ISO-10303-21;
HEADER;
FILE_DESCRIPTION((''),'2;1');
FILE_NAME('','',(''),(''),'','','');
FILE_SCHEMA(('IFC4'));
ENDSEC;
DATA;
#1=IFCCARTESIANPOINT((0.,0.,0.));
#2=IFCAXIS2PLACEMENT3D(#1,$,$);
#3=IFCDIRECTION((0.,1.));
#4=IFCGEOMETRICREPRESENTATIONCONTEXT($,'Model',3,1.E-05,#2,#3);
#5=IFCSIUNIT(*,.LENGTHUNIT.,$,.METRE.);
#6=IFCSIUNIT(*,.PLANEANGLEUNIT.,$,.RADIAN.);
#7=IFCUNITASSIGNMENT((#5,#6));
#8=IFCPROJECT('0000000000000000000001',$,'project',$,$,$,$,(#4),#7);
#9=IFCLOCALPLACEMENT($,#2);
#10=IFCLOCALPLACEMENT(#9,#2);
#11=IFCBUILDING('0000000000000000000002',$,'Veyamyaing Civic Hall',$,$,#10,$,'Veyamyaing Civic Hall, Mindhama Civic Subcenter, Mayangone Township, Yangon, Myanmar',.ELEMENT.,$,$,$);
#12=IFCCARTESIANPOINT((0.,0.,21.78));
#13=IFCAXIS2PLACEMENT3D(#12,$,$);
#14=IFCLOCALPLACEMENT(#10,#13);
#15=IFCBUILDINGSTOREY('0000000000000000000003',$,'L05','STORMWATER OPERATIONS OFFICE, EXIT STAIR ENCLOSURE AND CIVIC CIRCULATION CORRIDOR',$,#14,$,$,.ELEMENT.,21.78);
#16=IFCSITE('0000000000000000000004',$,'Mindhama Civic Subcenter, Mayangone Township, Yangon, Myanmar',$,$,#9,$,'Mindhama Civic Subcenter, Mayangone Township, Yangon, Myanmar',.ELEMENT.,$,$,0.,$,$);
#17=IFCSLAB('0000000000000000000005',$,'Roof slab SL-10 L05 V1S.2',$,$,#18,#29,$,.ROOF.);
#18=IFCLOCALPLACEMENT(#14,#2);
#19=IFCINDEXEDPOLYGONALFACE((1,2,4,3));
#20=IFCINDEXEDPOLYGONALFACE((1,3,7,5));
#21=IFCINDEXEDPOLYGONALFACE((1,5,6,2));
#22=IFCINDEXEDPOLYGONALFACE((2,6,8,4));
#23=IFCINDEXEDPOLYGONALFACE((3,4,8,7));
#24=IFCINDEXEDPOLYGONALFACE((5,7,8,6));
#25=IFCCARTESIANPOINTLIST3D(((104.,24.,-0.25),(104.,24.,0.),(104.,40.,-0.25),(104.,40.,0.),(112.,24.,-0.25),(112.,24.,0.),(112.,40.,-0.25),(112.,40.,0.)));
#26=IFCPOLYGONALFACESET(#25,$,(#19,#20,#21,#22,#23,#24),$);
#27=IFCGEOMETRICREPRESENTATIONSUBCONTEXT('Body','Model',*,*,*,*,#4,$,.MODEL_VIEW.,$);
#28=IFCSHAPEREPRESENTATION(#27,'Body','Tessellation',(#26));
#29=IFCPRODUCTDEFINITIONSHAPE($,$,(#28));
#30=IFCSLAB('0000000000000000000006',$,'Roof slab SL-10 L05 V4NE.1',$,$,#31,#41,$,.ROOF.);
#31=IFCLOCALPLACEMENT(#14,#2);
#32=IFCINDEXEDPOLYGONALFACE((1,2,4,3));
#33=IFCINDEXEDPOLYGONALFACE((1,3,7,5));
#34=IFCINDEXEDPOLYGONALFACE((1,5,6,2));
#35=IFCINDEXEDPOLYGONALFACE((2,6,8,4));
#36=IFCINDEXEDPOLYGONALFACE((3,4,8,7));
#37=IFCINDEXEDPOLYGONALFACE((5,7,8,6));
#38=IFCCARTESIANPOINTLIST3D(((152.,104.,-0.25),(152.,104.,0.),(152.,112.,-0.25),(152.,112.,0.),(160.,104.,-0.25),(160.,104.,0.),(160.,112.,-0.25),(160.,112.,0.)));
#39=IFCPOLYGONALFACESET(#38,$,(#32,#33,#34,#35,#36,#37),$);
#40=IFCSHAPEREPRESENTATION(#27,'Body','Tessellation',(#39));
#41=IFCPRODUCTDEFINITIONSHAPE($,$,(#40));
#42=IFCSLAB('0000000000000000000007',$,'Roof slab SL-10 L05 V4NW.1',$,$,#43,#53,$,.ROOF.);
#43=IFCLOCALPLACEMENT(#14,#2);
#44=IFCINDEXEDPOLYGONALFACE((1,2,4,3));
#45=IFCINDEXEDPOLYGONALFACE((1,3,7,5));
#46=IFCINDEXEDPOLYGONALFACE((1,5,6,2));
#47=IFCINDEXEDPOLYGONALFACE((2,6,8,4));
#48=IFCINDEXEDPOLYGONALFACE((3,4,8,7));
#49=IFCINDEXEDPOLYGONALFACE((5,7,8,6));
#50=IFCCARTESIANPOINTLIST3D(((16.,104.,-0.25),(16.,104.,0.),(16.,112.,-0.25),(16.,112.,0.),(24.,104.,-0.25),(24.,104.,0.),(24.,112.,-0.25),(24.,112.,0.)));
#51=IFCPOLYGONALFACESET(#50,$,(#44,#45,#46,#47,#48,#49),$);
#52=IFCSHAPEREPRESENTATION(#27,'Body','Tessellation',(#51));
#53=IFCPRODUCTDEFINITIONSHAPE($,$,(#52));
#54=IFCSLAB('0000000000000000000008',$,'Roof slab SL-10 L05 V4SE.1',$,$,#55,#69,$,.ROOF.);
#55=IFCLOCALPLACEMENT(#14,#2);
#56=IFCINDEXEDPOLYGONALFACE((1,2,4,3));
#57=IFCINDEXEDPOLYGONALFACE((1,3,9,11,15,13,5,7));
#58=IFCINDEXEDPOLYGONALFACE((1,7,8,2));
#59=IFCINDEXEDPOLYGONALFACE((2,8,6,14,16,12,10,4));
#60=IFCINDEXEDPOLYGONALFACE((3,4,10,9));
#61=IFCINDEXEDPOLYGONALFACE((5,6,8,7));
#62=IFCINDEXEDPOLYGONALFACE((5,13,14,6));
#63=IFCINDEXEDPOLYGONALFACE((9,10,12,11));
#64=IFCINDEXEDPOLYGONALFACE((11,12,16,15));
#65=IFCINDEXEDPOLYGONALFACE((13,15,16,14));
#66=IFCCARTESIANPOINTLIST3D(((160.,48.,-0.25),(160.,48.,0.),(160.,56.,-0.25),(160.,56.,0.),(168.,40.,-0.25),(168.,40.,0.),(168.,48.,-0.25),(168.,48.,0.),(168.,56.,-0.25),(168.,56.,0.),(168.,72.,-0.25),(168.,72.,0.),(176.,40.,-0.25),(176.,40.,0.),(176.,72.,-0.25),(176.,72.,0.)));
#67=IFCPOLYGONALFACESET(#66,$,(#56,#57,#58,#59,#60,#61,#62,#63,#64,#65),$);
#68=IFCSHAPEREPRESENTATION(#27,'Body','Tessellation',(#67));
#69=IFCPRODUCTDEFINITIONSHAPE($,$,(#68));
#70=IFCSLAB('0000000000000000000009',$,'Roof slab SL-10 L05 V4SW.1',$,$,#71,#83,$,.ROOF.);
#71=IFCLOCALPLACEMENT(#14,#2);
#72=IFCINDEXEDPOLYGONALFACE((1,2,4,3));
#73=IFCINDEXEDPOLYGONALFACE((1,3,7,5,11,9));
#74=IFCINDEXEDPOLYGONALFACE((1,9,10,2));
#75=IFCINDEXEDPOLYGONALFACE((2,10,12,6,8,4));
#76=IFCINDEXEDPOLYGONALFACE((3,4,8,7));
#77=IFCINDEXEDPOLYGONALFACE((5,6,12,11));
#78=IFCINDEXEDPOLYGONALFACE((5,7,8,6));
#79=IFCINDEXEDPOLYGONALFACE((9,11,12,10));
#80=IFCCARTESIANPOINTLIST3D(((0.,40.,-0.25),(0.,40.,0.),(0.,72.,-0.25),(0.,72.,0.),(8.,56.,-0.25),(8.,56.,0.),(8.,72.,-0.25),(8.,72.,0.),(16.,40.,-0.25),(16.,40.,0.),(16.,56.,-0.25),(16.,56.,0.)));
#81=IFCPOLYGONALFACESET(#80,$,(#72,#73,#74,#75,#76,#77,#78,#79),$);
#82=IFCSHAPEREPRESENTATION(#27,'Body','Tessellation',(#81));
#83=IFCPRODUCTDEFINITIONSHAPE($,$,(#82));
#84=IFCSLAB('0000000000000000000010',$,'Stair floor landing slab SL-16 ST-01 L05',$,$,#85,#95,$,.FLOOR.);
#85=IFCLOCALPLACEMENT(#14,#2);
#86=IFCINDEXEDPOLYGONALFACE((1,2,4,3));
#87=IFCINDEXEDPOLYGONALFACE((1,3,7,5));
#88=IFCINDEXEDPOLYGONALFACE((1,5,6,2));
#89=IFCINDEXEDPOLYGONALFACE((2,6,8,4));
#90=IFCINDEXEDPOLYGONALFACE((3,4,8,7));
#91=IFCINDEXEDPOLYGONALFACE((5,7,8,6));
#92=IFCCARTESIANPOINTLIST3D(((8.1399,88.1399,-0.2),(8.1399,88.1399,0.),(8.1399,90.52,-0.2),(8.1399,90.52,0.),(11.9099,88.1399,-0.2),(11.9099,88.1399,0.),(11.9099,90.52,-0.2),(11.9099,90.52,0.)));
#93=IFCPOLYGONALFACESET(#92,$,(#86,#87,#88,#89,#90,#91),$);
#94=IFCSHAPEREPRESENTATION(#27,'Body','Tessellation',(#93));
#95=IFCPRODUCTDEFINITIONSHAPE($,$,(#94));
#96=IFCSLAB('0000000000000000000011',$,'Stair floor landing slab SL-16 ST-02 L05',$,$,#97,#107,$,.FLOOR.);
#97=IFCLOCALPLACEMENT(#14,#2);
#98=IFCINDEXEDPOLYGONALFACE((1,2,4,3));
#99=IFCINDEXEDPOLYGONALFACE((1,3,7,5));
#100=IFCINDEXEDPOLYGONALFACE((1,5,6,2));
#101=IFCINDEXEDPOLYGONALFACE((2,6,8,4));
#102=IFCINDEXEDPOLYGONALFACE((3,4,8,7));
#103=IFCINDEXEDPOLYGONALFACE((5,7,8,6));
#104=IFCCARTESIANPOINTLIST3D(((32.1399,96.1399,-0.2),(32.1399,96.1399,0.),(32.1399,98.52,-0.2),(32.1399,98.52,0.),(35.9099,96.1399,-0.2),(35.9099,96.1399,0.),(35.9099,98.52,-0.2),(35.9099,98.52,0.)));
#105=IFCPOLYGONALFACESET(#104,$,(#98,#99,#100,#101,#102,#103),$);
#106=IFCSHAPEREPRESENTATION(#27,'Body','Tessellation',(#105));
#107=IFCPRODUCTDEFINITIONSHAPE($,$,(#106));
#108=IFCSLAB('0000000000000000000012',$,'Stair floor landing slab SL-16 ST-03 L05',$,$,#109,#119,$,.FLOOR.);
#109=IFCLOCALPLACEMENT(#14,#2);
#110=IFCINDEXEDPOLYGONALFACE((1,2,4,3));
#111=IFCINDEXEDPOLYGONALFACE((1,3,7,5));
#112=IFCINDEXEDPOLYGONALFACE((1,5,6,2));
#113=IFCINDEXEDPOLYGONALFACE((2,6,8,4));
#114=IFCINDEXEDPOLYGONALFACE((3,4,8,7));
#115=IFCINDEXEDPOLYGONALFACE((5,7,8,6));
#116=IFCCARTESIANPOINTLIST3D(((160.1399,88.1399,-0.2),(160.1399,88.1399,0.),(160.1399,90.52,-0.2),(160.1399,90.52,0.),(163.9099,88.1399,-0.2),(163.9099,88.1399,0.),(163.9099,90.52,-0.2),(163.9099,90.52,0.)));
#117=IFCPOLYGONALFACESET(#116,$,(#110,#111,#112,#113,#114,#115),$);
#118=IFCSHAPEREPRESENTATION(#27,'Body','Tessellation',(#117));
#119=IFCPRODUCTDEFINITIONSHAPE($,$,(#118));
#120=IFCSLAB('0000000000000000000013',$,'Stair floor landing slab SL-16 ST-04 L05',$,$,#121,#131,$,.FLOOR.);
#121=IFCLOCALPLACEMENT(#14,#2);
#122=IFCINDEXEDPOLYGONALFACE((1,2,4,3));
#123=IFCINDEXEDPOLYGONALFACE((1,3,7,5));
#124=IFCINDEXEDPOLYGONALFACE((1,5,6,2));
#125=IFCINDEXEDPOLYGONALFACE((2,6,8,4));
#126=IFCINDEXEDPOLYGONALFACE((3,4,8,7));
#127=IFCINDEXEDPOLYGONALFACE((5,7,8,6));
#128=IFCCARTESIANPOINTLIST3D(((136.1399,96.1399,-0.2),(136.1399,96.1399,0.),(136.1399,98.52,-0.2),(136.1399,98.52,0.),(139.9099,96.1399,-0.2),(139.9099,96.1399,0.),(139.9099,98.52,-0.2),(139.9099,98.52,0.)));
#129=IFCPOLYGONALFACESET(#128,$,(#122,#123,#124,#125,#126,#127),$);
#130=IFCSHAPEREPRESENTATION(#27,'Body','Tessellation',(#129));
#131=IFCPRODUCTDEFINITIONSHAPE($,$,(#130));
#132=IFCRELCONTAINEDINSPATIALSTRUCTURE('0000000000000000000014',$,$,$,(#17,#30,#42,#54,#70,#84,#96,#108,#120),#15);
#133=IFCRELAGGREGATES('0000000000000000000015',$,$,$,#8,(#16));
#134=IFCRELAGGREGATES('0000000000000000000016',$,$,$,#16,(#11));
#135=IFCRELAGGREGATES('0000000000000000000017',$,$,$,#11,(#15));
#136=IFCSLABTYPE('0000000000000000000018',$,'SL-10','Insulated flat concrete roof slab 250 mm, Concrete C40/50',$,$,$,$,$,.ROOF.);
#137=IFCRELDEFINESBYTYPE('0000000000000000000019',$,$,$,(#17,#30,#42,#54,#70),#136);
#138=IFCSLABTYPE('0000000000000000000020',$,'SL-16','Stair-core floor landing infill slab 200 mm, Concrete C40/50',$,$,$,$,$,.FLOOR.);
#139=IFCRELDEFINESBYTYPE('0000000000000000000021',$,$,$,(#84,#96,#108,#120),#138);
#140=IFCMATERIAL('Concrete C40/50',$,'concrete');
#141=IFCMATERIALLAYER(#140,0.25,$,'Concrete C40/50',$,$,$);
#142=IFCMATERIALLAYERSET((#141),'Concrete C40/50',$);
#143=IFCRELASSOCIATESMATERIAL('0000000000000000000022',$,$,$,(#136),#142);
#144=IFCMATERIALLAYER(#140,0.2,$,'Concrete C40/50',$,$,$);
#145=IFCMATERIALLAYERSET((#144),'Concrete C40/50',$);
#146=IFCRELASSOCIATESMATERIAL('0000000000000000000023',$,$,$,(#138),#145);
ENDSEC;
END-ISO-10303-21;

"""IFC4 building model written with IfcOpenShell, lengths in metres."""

from ifc_helpers import new_model, si_unit, direction, frame, origin, place, context, subcontext, project, spatial, polyline, outline, extrude, material, layer, layer_set, type_object, element, save


model = new_model("IFC4")

# Units and contexts
model_context = context("Model", 3, precision=1e-05, world=origin(), true_north=direction((0.0, 1.0)))
body_context = subcontext(model_context, "Body", "Model", "MODEL_VIEW")
ifc_project = project(units=[si_unit("LENGTHUNIT", "METRE"), si_unit("PLANEANGLEUNIT", "RADIAN")], contexts=[model_context])

# Site, building, storey
site_placement = place(None, origin())
site = spatial("IfcSite", under=ifc_project, at=site_placement, Name="Mindhama Civic Subcenter, Mayangone Township, Yangon, Myanmar", LongName="Mindhama Civic Subcenter, Mayangone Township, Yangon, Myanmar", CompositionType="ELEMENT", RefElevation=0.0)
building_placement = place(site_placement, origin())
building = spatial("IfcBuilding", under=site, at=building_placement, Name="Veyamyaing Civic Hall", LongName="Veyamyaing Civic Hall, Mindhama Civic Subcenter, Mayangone Township, Yangon, Myanmar", CompositionType="ELEMENT")
storey_placement = place(building_placement, frame((0.0, 0.0, 21.78)))
storey = spatial("IfcBuildingStorey", under=building, at=storey_placement, Name="L05", Description="STORMWATER OPERATIONS OFFICE, EXIT STAIR ENCLOSURE AND CIVIC CIRCULATION CORRIDOR", CompositionType="ELEMENT", Elevation=21.78)

# Slabs
ifc_material = material(Name="Concrete C40/50", Category="concrete")
ifc_layer_1 = layer(ifc_material, 0.25, Name="Concrete C40/50")
ifc_layer_set_1 = layer_set([ifc_layer_1], Name="Concrete C40/50")
slab_type_1 = type_object("IfcSlabType", Name="SL-10", Description="Insulated flat concrete roof slab 250 mm, Concrete C40/50", PredefinedType="ROOF", material=ifc_layer_set_1)
slab_1_placement = place(storey_placement, frame((0.0, 0.0, -0.25)))
element("IfcSlab", 1, at=slab_1_placement, inside=storey, type_object=slab_type_1, Name="Roof slab SL-10 L05 V1S.2", PredefinedType="ROOF", context=body_context, shape_type="SweptSolid", body=[
    extrude(outline(polyline([(104.0, 24.0), (104.0, 40.0), (112.0, 40.0), (112.0, 24.0), (104.0, 24.0)])), origin(), (0.0, 0.0, 1.0), 0.25),
])
slab_2_placement = place(storey_placement, frame((0.0, 0.0, -0.25)))
element("IfcSlab", 2, at=slab_2_placement, inside=storey, type_object=slab_type_1, Name="Roof slab SL-10 L05 V4NE.1", PredefinedType="ROOF", context=body_context, shape_type="SweptSolid", body=[
    extrude(outline(polyline([(160.0, 104.0), (160.0, 112.0), (152.0, 112.0), (152.0, 104.0), (160.0, 104.0)])), origin(), (0.0, 0.0, 1.0), 0.25),
])
slab_3_placement = place(storey_placement, frame((0.0, 0.0, -0.25)))
element("IfcSlab", 3, at=slab_3_placement, inside=storey, type_object=slab_type_1, Name="Roof slab SL-10 L05 V4NW.1", PredefinedType="ROOF", context=body_context, shape_type="SweptSolid", body=[
    extrude(outline(polyline([(24.0, 104.0), (24.0, 112.0), (16.0, 112.0), (16.0, 104.0), (24.0, 104.0)])), origin(), (0.0, 0.0, 1.0), 0.25),
])
slab_4_placement = place(storey_placement, frame((0.0, 0.0, -0.25)))
element("IfcSlab", 4, at=slab_4_placement, inside=storey, type_object=slab_type_1, Name="Roof slab SL-10 L05 V4SE.1", PredefinedType="ROOF", context=body_context, shape_type="SweptSolid", body=[
    extrude(outline(polyline([(176.0, 40.0), (168.0, 40.0), (168.0, 48.0), (160.0, 48.0), (160.0, 56.0), (168.0, 56.0), (168.0, 72.0), (176.0, 72.0), (176.0, 40.0)])), origin(), (0.0, 0.0, 1.0), 0.25),
])
slab_5_placement = place(storey_placement, frame((0.0, 0.0, -0.25)))
element("IfcSlab", 5, at=slab_5_placement, inside=storey, type_object=slab_type_1, Name="Roof slab SL-10 L05 V4SW.1", PredefinedType="ROOF", context=body_context, shape_type="SweptSolid", body=[
    extrude(outline(polyline([(0.0, 40.0), (0.0, 72.0), (8.0, 72.0), (8.0, 56.0), (16.0, 56.0), (16.0, 40.0), (0.0, 40.0)])), origin(), (0.0, 0.0, 1.0), 0.25),
])
ifc_layer_2 = layer(ifc_material, 0.2, Name="Concrete C40/50")
ifc_layer_set_2 = layer_set([ifc_layer_2], Name="Concrete C40/50")
slab_type_2 = type_object("IfcSlabType", Name="SL-16", Description="Stair-core floor landing infill slab 200 mm, Concrete C40/50", PredefinedType="FLOOR", material=ifc_layer_set_2)
slab_6_placement = place(storey_placement, frame((0.0, 0.0, -0.2)))
element("IfcSlab", 6, at=slab_6_placement, inside=storey, type_object=slab_type_2, Name="Stair floor landing slab SL-16 ST-01 L05", PredefinedType="FLOOR", context=body_context, shape_type="SweptSolid", body=[
    extrude(outline(polyline([(8.1399, 88.1399), (11.9099, 88.1399), (11.9099, 90.52), (8.1399, 90.52), (8.1399, 88.1399)])), origin(), (0.0, 0.0, 1.0), 0.2),
])
slab_7_placement = place(storey_placement, frame((0.0, 0.0, -0.2)))
element("IfcSlab", 7, at=slab_7_placement, inside=storey, type_object=slab_type_2, Name="Stair floor landing slab SL-16 ST-02 L05", PredefinedType="FLOOR", context=body_context, shape_type="SweptSolid", body=[
    extrude(outline(polyline([(32.1399, 96.1399), (35.9099, 96.1399), (35.9099, 98.52), (32.1399, 98.52), (32.1399, 96.1399)])), origin(), (0.0, 0.0, 1.0), 0.2),
])
slab_8_placement = place(storey_placement, frame((0.0, 0.0, -0.2)))
element("IfcSlab", 8, at=slab_8_placement, inside=storey, type_object=slab_type_2, Name="Stair floor landing slab SL-16 ST-03 L05", PredefinedType="FLOOR", context=body_context, shape_type="SweptSolid", body=[
    extrude(outline(polyline([(160.1399, 88.1399), (163.9099, 88.1399), (163.9099, 90.52), (160.1399, 90.52), (160.1399, 88.1399)])), origin(), (0.0, 0.0, 1.0), 0.2),
])
slab_9_placement = place(storey_placement, frame((0.0, 0.0, -0.2)))
element("IfcSlab", 9, at=slab_9_placement, inside=storey, type_object=slab_type_2, Name="Stair floor landing slab SL-16 ST-04 L05", PredefinedType="FLOOR", context=body_context, shape_type="SweptSolid", body=[
    extrude(outline(polyline([(136.1399, 96.1399), (139.9099, 96.1399), (139.9099, 98.52), (136.1399, 98.52), (136.1399, 96.1399)])), origin(), (0.0, 0.0, 1.0), 0.2),
])

save(model, "model.ifc")
